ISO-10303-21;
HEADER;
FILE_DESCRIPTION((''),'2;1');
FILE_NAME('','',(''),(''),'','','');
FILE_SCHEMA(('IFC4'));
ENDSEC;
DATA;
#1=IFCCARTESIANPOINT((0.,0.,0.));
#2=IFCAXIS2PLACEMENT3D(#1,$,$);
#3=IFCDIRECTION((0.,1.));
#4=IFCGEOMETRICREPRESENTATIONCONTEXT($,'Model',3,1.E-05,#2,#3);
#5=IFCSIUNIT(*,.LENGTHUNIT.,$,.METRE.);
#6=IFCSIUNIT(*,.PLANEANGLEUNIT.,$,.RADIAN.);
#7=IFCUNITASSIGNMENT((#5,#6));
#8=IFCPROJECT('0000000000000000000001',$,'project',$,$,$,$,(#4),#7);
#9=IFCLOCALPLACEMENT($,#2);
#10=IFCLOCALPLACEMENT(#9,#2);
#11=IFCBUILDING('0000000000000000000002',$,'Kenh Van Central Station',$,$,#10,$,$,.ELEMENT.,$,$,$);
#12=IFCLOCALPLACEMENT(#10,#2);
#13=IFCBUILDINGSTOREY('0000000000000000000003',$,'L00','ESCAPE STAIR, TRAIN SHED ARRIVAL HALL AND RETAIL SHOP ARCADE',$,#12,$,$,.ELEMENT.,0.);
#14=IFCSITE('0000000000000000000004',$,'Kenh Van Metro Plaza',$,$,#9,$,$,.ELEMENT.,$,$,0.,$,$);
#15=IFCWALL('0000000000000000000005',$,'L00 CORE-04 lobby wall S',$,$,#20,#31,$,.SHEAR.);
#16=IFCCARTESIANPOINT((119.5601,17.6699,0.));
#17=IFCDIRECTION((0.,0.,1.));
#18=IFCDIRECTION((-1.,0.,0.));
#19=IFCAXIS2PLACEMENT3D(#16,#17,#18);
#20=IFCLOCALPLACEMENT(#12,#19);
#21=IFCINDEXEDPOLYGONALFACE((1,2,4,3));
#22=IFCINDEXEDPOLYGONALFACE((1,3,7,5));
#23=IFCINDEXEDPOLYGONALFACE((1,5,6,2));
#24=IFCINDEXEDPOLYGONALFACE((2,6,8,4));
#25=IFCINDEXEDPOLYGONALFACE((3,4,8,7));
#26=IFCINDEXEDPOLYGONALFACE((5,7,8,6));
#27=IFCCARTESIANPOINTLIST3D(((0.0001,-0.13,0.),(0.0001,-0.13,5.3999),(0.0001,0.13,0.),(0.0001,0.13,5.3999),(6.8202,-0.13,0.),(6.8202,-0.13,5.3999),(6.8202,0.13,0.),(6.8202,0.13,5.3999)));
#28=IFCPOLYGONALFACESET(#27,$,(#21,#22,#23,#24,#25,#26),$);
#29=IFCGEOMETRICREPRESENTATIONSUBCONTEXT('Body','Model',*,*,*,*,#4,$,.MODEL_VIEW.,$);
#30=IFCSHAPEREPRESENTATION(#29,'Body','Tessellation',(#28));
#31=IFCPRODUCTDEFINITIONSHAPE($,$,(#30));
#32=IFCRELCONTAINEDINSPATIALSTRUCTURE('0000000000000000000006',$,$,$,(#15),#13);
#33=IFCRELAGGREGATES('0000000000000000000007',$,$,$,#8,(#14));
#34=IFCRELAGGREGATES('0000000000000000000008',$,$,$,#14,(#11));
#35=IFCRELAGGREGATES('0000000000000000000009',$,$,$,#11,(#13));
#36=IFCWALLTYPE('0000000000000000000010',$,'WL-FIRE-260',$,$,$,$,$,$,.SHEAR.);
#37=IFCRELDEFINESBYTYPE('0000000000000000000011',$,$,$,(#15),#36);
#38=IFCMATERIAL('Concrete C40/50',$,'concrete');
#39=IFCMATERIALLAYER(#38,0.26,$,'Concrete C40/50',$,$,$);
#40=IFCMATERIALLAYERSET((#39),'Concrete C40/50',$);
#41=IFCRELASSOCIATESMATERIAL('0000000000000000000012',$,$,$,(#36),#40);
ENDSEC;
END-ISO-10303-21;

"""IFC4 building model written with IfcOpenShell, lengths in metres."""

from ifc_helpers import new_model, si_unit, direction, frame, frame_2d, origin, place, context, subcontext, project, spatial, rectangle, extrude, material, layer, layer_set, type_object, element, save


model = new_model("IFC4")

# Units and contexts
model_context = context("Model", 3, precision=1e-05, world=origin(), true_north=direction((0.0, 1.0)))
body_context = subcontext(model_context, "Body", "Model", "MODEL_VIEW")
ifc_project = project(units=[si_unit("LENGTHUNIT", "METRE"), si_unit("PLANEANGLEUNIT", "RADIAN")], contexts=[model_context])

# Site, building, storey
site_placement = place(None, origin())
site = spatial("IfcSite", under=ifc_project, at=site_placement, Name="Kenh Van Metro Plaza", CompositionType="ELEMENT", RefElevation=0.0)
building_placement = place(site_placement, origin())
building = spatial("IfcBuilding", under=site, at=building_placement, Name="Kenh Van Central Station", CompositionType="ELEMENT")
storey_placement = place(building_placement, origin())
storey = spatial("IfcBuildingStorey", under=building, at=storey_placement, Name="L00", Description="ESCAPE STAIR, TRAIN SHED ARRIVAL HALL AND RETAIL SHOP ARCADE", CompositionType="ELEMENT", Elevation=0.0)

# Shared definitions
ifc_material_1 = material(Name="Concrete C40/50", Category="concrete")

# Wall
ifc_layer_1 = layer(ifc_material_1, 0.26, Name="Concrete C40/50")
ifc_layer_set_1 = layer_set([ifc_layer_1], Name="Concrete C40/50")
wall_type_1 = type_object("IfcWallType", Name="WL-FIRE-260", PredefinedType="SHEAR", material=ifc_layer_set_1)
wall_1_placement = place(storey_placement, frame((119.5601, 17.6699, 0.0), z_axis=(0.0, 0.0, 1.0), x_axis=(-1.0, 0.0, 0.0)))
element("IfcWall", 1, at=wall_1_placement, inside=storey, type_object=wall_type_1, Name="L00 CORE-04 lobby wall S", PredefinedType="SHEAR", context=body_context, shape_type="SweptSolid", body=[
    extrude(rectangle(XDim=6.8201, YDim=0.26, at=frame_2d((3.4102, 0.0))), origin(), (0.0, 0.0, 1.0), 5.3999),
])

save(model, "model.ifc")
